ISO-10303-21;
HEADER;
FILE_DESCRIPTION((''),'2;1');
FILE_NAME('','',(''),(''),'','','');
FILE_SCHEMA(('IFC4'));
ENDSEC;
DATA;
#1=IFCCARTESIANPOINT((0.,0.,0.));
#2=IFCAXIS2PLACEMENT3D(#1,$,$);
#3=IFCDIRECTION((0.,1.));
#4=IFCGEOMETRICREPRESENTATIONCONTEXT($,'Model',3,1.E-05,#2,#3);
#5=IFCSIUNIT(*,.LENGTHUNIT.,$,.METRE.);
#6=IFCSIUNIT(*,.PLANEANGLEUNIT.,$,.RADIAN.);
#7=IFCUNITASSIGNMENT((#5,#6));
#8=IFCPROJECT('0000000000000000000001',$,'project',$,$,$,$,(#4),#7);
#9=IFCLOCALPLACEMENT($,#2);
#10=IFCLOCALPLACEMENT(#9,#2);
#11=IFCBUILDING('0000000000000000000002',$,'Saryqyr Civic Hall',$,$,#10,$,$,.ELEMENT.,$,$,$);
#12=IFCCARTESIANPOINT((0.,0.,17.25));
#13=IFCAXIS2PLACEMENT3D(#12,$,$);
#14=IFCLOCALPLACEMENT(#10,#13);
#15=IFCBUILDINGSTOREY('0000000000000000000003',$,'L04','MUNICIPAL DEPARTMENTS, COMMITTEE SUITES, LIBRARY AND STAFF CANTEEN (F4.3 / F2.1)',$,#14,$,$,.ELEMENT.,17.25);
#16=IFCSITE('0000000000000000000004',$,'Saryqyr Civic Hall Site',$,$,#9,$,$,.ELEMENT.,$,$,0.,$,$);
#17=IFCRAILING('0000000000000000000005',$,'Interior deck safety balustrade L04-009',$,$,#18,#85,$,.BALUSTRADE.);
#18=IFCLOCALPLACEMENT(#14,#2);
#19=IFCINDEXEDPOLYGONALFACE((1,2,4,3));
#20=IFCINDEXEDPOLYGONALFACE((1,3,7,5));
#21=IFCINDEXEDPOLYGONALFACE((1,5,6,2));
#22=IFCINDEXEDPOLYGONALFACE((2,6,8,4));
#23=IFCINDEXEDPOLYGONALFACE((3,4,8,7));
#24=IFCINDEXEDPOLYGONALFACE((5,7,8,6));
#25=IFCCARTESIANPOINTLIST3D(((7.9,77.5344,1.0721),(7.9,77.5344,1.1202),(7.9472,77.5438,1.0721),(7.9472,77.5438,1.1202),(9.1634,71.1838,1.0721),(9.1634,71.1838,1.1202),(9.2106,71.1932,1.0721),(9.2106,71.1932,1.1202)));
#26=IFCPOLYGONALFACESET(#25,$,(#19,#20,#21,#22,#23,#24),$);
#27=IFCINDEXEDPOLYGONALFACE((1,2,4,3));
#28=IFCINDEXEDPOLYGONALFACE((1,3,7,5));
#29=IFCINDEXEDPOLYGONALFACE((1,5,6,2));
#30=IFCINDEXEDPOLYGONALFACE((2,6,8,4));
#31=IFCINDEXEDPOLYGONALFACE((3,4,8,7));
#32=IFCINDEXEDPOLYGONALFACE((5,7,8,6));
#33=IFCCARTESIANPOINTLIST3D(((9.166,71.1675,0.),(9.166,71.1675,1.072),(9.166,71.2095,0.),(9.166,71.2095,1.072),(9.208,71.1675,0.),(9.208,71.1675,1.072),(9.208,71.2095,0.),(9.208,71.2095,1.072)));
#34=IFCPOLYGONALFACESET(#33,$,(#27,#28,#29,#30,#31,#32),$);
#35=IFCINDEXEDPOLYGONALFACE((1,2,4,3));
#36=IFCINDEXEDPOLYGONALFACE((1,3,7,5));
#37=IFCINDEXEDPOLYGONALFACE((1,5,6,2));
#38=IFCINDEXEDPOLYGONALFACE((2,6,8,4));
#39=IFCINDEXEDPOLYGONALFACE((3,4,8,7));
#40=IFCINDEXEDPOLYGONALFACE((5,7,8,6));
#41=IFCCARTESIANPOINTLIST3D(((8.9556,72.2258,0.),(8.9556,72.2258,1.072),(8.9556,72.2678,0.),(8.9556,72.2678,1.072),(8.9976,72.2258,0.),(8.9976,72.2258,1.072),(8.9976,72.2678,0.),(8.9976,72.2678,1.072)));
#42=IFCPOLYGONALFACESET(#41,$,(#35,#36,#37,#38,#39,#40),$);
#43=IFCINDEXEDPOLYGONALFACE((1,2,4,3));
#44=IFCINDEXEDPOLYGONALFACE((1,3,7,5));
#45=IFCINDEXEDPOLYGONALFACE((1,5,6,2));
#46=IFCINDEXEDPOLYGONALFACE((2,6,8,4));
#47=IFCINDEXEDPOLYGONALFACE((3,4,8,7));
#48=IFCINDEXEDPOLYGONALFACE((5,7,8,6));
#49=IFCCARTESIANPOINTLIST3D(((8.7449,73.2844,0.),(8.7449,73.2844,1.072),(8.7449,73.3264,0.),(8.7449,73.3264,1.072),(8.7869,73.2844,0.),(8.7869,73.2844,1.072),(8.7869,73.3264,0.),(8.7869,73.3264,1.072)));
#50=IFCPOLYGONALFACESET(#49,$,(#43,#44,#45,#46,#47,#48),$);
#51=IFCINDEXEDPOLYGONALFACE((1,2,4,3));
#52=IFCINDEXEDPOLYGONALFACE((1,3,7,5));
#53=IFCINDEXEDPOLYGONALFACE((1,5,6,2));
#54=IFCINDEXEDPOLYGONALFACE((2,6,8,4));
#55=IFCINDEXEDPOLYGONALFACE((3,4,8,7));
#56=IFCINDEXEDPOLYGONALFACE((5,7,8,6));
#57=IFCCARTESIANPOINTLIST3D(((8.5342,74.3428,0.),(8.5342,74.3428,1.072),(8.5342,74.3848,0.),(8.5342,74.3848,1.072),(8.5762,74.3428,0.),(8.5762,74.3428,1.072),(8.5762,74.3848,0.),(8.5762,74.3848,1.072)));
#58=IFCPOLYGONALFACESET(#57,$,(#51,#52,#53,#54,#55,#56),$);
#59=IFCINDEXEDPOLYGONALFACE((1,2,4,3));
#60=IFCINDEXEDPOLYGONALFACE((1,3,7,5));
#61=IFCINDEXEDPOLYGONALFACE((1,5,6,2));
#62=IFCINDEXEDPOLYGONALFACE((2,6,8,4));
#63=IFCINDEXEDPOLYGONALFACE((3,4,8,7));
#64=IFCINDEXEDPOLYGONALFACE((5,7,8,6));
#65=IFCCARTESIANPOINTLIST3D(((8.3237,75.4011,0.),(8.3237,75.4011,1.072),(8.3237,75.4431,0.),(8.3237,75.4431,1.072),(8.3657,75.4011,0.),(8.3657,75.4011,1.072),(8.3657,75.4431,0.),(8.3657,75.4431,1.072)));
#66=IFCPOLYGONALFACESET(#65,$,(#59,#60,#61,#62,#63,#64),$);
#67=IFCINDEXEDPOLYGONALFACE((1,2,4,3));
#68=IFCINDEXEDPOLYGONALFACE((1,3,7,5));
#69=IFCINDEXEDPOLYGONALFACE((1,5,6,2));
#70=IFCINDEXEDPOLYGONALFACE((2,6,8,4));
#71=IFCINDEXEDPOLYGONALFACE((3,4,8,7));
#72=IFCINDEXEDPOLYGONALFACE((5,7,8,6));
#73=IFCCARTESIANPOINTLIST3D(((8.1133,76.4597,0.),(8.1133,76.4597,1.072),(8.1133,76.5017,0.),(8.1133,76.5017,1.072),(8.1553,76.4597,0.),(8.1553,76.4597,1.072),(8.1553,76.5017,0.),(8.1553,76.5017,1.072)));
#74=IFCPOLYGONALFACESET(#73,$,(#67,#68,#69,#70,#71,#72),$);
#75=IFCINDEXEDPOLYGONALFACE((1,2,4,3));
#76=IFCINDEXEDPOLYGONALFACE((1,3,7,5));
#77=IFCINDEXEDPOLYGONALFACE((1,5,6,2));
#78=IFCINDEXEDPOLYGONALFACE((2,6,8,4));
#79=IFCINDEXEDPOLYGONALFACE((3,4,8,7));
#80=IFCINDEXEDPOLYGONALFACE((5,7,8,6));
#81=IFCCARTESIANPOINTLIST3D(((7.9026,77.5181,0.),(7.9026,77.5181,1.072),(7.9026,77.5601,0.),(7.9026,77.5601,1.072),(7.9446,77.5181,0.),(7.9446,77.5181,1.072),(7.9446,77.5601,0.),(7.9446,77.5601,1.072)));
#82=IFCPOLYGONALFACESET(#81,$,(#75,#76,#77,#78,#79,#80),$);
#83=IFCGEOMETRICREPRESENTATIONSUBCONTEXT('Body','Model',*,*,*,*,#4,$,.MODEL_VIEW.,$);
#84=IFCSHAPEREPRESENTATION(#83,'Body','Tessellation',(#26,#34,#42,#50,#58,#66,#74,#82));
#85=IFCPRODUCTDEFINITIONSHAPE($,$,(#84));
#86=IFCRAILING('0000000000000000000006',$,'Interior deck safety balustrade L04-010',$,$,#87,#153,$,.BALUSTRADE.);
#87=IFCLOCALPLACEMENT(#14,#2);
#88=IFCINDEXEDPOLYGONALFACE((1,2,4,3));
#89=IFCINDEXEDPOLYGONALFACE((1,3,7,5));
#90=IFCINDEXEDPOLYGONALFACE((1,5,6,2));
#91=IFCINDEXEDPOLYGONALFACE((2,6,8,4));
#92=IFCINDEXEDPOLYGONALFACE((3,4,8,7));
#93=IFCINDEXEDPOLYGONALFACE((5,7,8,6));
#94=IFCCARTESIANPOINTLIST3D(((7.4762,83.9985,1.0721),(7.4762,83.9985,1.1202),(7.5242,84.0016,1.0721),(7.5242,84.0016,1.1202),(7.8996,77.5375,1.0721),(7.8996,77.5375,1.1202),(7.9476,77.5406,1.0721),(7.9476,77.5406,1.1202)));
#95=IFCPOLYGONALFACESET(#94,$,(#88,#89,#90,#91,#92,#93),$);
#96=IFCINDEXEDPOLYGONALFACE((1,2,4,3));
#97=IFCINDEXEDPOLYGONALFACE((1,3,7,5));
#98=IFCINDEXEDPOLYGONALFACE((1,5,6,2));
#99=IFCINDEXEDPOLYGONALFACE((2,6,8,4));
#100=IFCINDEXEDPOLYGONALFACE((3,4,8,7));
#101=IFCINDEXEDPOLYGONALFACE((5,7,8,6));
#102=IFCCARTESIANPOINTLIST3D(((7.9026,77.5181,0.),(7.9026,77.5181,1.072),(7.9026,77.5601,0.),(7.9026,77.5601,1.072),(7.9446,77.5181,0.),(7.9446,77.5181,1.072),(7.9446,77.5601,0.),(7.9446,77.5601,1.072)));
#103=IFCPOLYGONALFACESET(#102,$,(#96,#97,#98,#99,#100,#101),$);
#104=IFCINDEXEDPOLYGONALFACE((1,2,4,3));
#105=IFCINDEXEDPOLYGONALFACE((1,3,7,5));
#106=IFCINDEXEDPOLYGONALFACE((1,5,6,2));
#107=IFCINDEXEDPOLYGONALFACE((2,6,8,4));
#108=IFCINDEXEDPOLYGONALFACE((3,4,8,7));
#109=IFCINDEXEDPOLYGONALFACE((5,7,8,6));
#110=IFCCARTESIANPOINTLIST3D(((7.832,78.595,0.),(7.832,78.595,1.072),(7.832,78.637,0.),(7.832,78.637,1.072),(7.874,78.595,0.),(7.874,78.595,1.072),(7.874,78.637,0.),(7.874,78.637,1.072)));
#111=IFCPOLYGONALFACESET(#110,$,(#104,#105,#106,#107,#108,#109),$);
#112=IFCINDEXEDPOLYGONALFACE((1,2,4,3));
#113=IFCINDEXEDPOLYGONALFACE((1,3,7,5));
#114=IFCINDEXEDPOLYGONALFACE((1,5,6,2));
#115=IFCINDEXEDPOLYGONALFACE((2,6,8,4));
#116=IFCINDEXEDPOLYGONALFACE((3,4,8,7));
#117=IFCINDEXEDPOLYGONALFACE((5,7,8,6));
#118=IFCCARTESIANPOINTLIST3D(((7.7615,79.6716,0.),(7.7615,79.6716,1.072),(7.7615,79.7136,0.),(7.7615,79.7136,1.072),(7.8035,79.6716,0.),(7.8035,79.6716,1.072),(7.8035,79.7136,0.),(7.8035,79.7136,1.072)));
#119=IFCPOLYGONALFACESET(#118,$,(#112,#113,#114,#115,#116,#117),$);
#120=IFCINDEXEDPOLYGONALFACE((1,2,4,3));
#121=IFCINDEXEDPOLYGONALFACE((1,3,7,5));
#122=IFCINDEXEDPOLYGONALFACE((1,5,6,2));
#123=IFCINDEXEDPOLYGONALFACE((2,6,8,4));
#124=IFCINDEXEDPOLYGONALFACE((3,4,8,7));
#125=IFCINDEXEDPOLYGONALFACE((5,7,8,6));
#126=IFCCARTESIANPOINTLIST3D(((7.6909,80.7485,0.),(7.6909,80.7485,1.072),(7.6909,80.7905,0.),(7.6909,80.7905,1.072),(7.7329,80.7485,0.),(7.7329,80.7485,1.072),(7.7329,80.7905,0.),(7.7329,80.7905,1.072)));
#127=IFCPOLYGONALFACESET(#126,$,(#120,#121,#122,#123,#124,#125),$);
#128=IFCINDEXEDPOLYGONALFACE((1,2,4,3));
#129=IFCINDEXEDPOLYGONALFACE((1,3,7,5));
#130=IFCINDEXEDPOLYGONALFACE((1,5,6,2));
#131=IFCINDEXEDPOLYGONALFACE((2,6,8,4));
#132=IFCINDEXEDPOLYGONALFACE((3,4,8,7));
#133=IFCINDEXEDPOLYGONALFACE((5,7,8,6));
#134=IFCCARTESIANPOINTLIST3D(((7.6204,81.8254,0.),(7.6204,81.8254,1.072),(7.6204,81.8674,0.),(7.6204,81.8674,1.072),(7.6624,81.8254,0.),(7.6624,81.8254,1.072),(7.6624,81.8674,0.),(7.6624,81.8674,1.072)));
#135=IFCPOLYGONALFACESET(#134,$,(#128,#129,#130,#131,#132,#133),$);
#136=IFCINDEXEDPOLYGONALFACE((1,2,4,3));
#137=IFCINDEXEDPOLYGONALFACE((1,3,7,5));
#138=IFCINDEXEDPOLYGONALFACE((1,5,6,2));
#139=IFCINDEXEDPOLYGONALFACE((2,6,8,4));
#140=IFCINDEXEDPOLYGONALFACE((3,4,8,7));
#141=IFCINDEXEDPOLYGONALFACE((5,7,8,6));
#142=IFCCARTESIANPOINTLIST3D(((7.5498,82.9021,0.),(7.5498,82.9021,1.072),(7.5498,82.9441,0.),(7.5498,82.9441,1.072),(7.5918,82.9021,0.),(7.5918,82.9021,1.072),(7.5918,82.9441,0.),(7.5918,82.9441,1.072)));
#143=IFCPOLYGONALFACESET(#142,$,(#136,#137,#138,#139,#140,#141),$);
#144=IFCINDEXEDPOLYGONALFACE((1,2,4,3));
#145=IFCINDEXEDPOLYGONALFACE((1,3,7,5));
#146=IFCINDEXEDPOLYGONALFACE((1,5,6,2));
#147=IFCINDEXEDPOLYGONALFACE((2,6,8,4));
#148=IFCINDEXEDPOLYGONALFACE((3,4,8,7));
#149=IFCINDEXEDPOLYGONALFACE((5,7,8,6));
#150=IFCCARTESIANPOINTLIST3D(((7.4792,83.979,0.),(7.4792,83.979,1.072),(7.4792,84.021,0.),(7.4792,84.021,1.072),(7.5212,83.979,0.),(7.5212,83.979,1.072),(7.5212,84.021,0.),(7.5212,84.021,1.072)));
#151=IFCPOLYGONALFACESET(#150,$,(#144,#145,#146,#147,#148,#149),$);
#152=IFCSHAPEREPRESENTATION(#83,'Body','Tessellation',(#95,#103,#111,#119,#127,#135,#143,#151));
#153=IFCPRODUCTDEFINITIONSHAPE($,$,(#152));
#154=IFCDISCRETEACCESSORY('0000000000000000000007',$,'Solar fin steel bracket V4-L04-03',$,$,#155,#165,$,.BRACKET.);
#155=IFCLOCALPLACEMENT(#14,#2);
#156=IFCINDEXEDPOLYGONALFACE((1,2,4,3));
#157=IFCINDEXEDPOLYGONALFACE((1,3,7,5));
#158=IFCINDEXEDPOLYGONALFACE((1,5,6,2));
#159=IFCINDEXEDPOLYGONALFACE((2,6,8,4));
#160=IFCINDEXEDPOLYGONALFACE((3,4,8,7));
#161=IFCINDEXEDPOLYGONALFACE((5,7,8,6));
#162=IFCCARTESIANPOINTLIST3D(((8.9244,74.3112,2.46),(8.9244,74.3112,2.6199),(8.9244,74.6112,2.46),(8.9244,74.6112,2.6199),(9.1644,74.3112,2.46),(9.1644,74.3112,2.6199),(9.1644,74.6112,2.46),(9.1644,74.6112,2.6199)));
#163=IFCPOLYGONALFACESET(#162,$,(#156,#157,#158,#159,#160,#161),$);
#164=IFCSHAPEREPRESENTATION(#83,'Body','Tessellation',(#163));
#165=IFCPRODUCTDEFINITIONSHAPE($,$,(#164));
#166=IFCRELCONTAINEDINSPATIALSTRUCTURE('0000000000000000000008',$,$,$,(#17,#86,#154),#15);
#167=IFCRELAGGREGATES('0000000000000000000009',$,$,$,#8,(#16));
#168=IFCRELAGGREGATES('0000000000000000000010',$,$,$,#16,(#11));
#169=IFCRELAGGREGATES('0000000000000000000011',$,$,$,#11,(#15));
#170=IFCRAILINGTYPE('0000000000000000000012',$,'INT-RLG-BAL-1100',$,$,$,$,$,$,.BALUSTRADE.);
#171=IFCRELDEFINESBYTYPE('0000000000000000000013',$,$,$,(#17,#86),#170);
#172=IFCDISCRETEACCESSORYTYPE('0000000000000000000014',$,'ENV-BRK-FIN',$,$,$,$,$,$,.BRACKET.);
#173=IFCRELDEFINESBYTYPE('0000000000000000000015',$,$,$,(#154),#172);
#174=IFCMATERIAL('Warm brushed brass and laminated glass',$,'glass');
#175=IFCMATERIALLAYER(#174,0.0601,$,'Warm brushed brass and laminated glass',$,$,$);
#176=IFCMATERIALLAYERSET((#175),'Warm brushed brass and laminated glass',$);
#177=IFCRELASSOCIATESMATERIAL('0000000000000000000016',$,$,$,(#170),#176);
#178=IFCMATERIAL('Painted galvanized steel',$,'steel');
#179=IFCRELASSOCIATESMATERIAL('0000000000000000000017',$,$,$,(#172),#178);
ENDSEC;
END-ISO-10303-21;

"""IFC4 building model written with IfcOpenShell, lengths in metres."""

from ifc_helpers import new_model, si_unit, direction, frame, origin, origin_2d, place, context, subcontext, project, spatial, rectangle, extrude, material, layer, layer_set, type_object, element, save


model = new_model("IFC4")

# Units and contexts
model_context = context("Model", 3, precision=1e-05, world=origin(), true_north=direction((0.0, 1.0)))
body_context = subcontext(model_context, "Body", "Model", "MODEL_VIEW")
ifc_project = project(units=[si_unit("LENGTHUNIT", "METRE"), si_unit("PLANEANGLEUNIT", "RADIAN")], contexts=[model_context])

# Site, building, storey
site_placement = place(None, origin())
site = spatial("IfcSite", under=ifc_project, at=site_placement, Name="Saryqyr Civic Hall Site", CompositionType="ELEMENT", RefElevation=0.0)
building_placement = place(site_placement, origin())
building = spatial("IfcBuilding", under=site, at=building_placement, Name="Saryqyr Civic Hall", CompositionType="ELEMENT")
storey_placement = place(building_placement, frame((0.0, 0.0, 17.25)))
storey = spatial("IfcBuildingStorey", under=building, at=storey_placement, Name="L04", Description="MUNICIPAL DEPARTMENTS, COMMITTEE SUITES, LIBRARY AND STAFF CANTEEN (F4.3 / F2.1)", CompositionType="ELEMENT", Elevation=17.25)

# Shared definitions
ifc_material_1 = material(Name="Painted galvanized steel", Category="steel")

# Railings
ifc_material_2 = material(Name="Warm brushed brass and laminated glass", Category="glass")
ifc_layer_1 = layer(ifc_material_2, 0.0601, Name="Warm brushed brass and laminated glass")
ifc_layer_set_1 = layer_set([ifc_layer_1], Name="Warm brushed brass and laminated glass")
railing_type = type_object("IfcRailingType", Name="INT-RLG-BAL-1100", PredefinedType="BALUSTRADE", material=ifc_layer_set_1)
railing_1_placement = place(storey_placement, frame((9.187, 71.1885, 0.0)))
element("IfcRailing", 1, at=railing_1_placement, inside=storey, type_object=railing_type, Name="Interior deck safety balustrade L04-009", PredefinedType="BALUSTRADE", context=body_context, shape_type="SweptSolid", body=[
    extrude(rectangle(XDim=0.0481, YDim=0.0481, at=origin_2d()), frame((0.0, 0.0, 1.0962), z_axis=(-0.195123, 0.980779, 0.0), x_axis=(-0.980779, -0.195123, 0.0)), (0.0, 0.0, 1.0), 6.4751),
    extrude(rectangle(XDim=0.042, YDim=0.042, at=origin_2d()), origin(), (0.0, 0.0, 1.0), 1.072),
    extrude(rectangle(XDim=0.042, YDim=0.042, at=origin_2d()), frame((-0.2104, 1.0583, 0.0)), (0.0, 0.0, 1.0), 1.072),
    extrude(rectangle(XDim=0.042, YDim=0.042, at=origin_2d()), frame((-0.4211, 2.1169, 0.0)), (0.0, 0.0, 1.0), 1.072),
    extrude(rectangle(XDim=0.042, YDim=0.042, at=origin_2d()), frame((-0.6318, 3.1753, 0.0)), (0.0, 0.0, 1.0), 1.072),
    extrude(rectangle(XDim=0.042, YDim=0.042, at=origin_2d()), frame((-0.8423, 4.2336, 0.0)), (0.0, 0.0, 1.0), 1.072),
    extrude(rectangle(XDim=0.042, YDim=0.042, at=origin_2d()), frame((-1.0527, 5.2922, 0.0)), (0.0, 0.0, 1.0), 1.072),
    extrude(rectangle(XDim=0.042, YDim=0.042, at=origin_2d()), frame((-1.2634, 6.3506, 0.0)), (0.0, 0.0, 1.0), 1.072),
])
railing_2_placement = place(storey_placement, frame((7.9236, 77.5391, 0.0)))
element("IfcRailing", 2, at=railing_2_placement, inside=storey, type_object=railing_type, Name="Interior deck safety balustrade L04-010", PredefinedType="BALUSTRADE", context=body_context, shape_type="SweptSolid", body=[
    extrude(rectangle(XDim=0.0481, YDim=0.0481, at=origin_2d()), frame((0.0, 0.0, 1.0962), z_axis=(-0.065383, 0.99786, 0.0), x_axis=(-0.99786, -0.065383, 0.0)), (0.0, 0.0, 1.0), 6.4749),
    extrude(rectangle(XDim=0.042, YDim=0.042, at=origin_2d()), origin(), (0.0, 0.0, 1.0), 1.072),
    extrude(rectangle(XDim=0.042, YDim=0.042, at=origin_2d()), frame((-0.0706, 1.0769, 0.0)), (0.0, 0.0, 1.0), 1.072),
    extrude(rectangle(XDim=0.042, YDim=0.042, at=origin_2d()), frame((-0.1411, 2.1536, 0.0)), (0.0, 0.0, 1.0), 1.072),
    extrude(rectangle(XDim=0.042, YDim=0.042, at=origin_2d()), frame((-0.2117, 3.2305, 0.0)), (0.0, 0.0, 1.0), 1.072),
    extrude(rectangle(XDim=0.042, YDim=0.042, at=origin_2d()), frame((-0.2822, 4.3074, 0.0)), (0.0, 0.0, 1.0), 1.072),
    extrude(rectangle(XDim=0.042, YDim=0.042, at=origin_2d()), frame((-0.3528, 5.384, 0.0)), (0.0, 0.0, 1.0), 1.072),
    extrude(rectangle(XDim=0.042, YDim=0.042, at=origin_2d()), frame((-0.4233, 6.4609, 0.0)), (0.0, 0.0, 1.0), 1.072),
])

# Discrete accessory
discrete_accessory_type = type_object("IfcDiscreteAccessoryType", Name="ENV-BRK-FIN", PredefinedType="BRACKET", material=ifc_material_1)
discrete_accessory_placement = place(storey_placement, frame((9.0444, 74.4612, 2.46), z_axis=(0.0, 0.0, 1.0), x_axis=(1.0, 0.0, 0.0)))
element("IfcDiscreteAccessory", 3, at=discrete_accessory_placement, inside=storey, type_object=discrete_accessory_type, Name="Solar fin steel bracket V4-L04-03", PredefinedType="BRACKET", context=body_context, shape_type="SweptSolid", body=[
    extrude(rectangle(XDim=0.24, YDim=0.3, at=origin_2d()), origin(), (0.0, 0.0, 1.0), 0.1599),
])

save(model, "model.ifc")
